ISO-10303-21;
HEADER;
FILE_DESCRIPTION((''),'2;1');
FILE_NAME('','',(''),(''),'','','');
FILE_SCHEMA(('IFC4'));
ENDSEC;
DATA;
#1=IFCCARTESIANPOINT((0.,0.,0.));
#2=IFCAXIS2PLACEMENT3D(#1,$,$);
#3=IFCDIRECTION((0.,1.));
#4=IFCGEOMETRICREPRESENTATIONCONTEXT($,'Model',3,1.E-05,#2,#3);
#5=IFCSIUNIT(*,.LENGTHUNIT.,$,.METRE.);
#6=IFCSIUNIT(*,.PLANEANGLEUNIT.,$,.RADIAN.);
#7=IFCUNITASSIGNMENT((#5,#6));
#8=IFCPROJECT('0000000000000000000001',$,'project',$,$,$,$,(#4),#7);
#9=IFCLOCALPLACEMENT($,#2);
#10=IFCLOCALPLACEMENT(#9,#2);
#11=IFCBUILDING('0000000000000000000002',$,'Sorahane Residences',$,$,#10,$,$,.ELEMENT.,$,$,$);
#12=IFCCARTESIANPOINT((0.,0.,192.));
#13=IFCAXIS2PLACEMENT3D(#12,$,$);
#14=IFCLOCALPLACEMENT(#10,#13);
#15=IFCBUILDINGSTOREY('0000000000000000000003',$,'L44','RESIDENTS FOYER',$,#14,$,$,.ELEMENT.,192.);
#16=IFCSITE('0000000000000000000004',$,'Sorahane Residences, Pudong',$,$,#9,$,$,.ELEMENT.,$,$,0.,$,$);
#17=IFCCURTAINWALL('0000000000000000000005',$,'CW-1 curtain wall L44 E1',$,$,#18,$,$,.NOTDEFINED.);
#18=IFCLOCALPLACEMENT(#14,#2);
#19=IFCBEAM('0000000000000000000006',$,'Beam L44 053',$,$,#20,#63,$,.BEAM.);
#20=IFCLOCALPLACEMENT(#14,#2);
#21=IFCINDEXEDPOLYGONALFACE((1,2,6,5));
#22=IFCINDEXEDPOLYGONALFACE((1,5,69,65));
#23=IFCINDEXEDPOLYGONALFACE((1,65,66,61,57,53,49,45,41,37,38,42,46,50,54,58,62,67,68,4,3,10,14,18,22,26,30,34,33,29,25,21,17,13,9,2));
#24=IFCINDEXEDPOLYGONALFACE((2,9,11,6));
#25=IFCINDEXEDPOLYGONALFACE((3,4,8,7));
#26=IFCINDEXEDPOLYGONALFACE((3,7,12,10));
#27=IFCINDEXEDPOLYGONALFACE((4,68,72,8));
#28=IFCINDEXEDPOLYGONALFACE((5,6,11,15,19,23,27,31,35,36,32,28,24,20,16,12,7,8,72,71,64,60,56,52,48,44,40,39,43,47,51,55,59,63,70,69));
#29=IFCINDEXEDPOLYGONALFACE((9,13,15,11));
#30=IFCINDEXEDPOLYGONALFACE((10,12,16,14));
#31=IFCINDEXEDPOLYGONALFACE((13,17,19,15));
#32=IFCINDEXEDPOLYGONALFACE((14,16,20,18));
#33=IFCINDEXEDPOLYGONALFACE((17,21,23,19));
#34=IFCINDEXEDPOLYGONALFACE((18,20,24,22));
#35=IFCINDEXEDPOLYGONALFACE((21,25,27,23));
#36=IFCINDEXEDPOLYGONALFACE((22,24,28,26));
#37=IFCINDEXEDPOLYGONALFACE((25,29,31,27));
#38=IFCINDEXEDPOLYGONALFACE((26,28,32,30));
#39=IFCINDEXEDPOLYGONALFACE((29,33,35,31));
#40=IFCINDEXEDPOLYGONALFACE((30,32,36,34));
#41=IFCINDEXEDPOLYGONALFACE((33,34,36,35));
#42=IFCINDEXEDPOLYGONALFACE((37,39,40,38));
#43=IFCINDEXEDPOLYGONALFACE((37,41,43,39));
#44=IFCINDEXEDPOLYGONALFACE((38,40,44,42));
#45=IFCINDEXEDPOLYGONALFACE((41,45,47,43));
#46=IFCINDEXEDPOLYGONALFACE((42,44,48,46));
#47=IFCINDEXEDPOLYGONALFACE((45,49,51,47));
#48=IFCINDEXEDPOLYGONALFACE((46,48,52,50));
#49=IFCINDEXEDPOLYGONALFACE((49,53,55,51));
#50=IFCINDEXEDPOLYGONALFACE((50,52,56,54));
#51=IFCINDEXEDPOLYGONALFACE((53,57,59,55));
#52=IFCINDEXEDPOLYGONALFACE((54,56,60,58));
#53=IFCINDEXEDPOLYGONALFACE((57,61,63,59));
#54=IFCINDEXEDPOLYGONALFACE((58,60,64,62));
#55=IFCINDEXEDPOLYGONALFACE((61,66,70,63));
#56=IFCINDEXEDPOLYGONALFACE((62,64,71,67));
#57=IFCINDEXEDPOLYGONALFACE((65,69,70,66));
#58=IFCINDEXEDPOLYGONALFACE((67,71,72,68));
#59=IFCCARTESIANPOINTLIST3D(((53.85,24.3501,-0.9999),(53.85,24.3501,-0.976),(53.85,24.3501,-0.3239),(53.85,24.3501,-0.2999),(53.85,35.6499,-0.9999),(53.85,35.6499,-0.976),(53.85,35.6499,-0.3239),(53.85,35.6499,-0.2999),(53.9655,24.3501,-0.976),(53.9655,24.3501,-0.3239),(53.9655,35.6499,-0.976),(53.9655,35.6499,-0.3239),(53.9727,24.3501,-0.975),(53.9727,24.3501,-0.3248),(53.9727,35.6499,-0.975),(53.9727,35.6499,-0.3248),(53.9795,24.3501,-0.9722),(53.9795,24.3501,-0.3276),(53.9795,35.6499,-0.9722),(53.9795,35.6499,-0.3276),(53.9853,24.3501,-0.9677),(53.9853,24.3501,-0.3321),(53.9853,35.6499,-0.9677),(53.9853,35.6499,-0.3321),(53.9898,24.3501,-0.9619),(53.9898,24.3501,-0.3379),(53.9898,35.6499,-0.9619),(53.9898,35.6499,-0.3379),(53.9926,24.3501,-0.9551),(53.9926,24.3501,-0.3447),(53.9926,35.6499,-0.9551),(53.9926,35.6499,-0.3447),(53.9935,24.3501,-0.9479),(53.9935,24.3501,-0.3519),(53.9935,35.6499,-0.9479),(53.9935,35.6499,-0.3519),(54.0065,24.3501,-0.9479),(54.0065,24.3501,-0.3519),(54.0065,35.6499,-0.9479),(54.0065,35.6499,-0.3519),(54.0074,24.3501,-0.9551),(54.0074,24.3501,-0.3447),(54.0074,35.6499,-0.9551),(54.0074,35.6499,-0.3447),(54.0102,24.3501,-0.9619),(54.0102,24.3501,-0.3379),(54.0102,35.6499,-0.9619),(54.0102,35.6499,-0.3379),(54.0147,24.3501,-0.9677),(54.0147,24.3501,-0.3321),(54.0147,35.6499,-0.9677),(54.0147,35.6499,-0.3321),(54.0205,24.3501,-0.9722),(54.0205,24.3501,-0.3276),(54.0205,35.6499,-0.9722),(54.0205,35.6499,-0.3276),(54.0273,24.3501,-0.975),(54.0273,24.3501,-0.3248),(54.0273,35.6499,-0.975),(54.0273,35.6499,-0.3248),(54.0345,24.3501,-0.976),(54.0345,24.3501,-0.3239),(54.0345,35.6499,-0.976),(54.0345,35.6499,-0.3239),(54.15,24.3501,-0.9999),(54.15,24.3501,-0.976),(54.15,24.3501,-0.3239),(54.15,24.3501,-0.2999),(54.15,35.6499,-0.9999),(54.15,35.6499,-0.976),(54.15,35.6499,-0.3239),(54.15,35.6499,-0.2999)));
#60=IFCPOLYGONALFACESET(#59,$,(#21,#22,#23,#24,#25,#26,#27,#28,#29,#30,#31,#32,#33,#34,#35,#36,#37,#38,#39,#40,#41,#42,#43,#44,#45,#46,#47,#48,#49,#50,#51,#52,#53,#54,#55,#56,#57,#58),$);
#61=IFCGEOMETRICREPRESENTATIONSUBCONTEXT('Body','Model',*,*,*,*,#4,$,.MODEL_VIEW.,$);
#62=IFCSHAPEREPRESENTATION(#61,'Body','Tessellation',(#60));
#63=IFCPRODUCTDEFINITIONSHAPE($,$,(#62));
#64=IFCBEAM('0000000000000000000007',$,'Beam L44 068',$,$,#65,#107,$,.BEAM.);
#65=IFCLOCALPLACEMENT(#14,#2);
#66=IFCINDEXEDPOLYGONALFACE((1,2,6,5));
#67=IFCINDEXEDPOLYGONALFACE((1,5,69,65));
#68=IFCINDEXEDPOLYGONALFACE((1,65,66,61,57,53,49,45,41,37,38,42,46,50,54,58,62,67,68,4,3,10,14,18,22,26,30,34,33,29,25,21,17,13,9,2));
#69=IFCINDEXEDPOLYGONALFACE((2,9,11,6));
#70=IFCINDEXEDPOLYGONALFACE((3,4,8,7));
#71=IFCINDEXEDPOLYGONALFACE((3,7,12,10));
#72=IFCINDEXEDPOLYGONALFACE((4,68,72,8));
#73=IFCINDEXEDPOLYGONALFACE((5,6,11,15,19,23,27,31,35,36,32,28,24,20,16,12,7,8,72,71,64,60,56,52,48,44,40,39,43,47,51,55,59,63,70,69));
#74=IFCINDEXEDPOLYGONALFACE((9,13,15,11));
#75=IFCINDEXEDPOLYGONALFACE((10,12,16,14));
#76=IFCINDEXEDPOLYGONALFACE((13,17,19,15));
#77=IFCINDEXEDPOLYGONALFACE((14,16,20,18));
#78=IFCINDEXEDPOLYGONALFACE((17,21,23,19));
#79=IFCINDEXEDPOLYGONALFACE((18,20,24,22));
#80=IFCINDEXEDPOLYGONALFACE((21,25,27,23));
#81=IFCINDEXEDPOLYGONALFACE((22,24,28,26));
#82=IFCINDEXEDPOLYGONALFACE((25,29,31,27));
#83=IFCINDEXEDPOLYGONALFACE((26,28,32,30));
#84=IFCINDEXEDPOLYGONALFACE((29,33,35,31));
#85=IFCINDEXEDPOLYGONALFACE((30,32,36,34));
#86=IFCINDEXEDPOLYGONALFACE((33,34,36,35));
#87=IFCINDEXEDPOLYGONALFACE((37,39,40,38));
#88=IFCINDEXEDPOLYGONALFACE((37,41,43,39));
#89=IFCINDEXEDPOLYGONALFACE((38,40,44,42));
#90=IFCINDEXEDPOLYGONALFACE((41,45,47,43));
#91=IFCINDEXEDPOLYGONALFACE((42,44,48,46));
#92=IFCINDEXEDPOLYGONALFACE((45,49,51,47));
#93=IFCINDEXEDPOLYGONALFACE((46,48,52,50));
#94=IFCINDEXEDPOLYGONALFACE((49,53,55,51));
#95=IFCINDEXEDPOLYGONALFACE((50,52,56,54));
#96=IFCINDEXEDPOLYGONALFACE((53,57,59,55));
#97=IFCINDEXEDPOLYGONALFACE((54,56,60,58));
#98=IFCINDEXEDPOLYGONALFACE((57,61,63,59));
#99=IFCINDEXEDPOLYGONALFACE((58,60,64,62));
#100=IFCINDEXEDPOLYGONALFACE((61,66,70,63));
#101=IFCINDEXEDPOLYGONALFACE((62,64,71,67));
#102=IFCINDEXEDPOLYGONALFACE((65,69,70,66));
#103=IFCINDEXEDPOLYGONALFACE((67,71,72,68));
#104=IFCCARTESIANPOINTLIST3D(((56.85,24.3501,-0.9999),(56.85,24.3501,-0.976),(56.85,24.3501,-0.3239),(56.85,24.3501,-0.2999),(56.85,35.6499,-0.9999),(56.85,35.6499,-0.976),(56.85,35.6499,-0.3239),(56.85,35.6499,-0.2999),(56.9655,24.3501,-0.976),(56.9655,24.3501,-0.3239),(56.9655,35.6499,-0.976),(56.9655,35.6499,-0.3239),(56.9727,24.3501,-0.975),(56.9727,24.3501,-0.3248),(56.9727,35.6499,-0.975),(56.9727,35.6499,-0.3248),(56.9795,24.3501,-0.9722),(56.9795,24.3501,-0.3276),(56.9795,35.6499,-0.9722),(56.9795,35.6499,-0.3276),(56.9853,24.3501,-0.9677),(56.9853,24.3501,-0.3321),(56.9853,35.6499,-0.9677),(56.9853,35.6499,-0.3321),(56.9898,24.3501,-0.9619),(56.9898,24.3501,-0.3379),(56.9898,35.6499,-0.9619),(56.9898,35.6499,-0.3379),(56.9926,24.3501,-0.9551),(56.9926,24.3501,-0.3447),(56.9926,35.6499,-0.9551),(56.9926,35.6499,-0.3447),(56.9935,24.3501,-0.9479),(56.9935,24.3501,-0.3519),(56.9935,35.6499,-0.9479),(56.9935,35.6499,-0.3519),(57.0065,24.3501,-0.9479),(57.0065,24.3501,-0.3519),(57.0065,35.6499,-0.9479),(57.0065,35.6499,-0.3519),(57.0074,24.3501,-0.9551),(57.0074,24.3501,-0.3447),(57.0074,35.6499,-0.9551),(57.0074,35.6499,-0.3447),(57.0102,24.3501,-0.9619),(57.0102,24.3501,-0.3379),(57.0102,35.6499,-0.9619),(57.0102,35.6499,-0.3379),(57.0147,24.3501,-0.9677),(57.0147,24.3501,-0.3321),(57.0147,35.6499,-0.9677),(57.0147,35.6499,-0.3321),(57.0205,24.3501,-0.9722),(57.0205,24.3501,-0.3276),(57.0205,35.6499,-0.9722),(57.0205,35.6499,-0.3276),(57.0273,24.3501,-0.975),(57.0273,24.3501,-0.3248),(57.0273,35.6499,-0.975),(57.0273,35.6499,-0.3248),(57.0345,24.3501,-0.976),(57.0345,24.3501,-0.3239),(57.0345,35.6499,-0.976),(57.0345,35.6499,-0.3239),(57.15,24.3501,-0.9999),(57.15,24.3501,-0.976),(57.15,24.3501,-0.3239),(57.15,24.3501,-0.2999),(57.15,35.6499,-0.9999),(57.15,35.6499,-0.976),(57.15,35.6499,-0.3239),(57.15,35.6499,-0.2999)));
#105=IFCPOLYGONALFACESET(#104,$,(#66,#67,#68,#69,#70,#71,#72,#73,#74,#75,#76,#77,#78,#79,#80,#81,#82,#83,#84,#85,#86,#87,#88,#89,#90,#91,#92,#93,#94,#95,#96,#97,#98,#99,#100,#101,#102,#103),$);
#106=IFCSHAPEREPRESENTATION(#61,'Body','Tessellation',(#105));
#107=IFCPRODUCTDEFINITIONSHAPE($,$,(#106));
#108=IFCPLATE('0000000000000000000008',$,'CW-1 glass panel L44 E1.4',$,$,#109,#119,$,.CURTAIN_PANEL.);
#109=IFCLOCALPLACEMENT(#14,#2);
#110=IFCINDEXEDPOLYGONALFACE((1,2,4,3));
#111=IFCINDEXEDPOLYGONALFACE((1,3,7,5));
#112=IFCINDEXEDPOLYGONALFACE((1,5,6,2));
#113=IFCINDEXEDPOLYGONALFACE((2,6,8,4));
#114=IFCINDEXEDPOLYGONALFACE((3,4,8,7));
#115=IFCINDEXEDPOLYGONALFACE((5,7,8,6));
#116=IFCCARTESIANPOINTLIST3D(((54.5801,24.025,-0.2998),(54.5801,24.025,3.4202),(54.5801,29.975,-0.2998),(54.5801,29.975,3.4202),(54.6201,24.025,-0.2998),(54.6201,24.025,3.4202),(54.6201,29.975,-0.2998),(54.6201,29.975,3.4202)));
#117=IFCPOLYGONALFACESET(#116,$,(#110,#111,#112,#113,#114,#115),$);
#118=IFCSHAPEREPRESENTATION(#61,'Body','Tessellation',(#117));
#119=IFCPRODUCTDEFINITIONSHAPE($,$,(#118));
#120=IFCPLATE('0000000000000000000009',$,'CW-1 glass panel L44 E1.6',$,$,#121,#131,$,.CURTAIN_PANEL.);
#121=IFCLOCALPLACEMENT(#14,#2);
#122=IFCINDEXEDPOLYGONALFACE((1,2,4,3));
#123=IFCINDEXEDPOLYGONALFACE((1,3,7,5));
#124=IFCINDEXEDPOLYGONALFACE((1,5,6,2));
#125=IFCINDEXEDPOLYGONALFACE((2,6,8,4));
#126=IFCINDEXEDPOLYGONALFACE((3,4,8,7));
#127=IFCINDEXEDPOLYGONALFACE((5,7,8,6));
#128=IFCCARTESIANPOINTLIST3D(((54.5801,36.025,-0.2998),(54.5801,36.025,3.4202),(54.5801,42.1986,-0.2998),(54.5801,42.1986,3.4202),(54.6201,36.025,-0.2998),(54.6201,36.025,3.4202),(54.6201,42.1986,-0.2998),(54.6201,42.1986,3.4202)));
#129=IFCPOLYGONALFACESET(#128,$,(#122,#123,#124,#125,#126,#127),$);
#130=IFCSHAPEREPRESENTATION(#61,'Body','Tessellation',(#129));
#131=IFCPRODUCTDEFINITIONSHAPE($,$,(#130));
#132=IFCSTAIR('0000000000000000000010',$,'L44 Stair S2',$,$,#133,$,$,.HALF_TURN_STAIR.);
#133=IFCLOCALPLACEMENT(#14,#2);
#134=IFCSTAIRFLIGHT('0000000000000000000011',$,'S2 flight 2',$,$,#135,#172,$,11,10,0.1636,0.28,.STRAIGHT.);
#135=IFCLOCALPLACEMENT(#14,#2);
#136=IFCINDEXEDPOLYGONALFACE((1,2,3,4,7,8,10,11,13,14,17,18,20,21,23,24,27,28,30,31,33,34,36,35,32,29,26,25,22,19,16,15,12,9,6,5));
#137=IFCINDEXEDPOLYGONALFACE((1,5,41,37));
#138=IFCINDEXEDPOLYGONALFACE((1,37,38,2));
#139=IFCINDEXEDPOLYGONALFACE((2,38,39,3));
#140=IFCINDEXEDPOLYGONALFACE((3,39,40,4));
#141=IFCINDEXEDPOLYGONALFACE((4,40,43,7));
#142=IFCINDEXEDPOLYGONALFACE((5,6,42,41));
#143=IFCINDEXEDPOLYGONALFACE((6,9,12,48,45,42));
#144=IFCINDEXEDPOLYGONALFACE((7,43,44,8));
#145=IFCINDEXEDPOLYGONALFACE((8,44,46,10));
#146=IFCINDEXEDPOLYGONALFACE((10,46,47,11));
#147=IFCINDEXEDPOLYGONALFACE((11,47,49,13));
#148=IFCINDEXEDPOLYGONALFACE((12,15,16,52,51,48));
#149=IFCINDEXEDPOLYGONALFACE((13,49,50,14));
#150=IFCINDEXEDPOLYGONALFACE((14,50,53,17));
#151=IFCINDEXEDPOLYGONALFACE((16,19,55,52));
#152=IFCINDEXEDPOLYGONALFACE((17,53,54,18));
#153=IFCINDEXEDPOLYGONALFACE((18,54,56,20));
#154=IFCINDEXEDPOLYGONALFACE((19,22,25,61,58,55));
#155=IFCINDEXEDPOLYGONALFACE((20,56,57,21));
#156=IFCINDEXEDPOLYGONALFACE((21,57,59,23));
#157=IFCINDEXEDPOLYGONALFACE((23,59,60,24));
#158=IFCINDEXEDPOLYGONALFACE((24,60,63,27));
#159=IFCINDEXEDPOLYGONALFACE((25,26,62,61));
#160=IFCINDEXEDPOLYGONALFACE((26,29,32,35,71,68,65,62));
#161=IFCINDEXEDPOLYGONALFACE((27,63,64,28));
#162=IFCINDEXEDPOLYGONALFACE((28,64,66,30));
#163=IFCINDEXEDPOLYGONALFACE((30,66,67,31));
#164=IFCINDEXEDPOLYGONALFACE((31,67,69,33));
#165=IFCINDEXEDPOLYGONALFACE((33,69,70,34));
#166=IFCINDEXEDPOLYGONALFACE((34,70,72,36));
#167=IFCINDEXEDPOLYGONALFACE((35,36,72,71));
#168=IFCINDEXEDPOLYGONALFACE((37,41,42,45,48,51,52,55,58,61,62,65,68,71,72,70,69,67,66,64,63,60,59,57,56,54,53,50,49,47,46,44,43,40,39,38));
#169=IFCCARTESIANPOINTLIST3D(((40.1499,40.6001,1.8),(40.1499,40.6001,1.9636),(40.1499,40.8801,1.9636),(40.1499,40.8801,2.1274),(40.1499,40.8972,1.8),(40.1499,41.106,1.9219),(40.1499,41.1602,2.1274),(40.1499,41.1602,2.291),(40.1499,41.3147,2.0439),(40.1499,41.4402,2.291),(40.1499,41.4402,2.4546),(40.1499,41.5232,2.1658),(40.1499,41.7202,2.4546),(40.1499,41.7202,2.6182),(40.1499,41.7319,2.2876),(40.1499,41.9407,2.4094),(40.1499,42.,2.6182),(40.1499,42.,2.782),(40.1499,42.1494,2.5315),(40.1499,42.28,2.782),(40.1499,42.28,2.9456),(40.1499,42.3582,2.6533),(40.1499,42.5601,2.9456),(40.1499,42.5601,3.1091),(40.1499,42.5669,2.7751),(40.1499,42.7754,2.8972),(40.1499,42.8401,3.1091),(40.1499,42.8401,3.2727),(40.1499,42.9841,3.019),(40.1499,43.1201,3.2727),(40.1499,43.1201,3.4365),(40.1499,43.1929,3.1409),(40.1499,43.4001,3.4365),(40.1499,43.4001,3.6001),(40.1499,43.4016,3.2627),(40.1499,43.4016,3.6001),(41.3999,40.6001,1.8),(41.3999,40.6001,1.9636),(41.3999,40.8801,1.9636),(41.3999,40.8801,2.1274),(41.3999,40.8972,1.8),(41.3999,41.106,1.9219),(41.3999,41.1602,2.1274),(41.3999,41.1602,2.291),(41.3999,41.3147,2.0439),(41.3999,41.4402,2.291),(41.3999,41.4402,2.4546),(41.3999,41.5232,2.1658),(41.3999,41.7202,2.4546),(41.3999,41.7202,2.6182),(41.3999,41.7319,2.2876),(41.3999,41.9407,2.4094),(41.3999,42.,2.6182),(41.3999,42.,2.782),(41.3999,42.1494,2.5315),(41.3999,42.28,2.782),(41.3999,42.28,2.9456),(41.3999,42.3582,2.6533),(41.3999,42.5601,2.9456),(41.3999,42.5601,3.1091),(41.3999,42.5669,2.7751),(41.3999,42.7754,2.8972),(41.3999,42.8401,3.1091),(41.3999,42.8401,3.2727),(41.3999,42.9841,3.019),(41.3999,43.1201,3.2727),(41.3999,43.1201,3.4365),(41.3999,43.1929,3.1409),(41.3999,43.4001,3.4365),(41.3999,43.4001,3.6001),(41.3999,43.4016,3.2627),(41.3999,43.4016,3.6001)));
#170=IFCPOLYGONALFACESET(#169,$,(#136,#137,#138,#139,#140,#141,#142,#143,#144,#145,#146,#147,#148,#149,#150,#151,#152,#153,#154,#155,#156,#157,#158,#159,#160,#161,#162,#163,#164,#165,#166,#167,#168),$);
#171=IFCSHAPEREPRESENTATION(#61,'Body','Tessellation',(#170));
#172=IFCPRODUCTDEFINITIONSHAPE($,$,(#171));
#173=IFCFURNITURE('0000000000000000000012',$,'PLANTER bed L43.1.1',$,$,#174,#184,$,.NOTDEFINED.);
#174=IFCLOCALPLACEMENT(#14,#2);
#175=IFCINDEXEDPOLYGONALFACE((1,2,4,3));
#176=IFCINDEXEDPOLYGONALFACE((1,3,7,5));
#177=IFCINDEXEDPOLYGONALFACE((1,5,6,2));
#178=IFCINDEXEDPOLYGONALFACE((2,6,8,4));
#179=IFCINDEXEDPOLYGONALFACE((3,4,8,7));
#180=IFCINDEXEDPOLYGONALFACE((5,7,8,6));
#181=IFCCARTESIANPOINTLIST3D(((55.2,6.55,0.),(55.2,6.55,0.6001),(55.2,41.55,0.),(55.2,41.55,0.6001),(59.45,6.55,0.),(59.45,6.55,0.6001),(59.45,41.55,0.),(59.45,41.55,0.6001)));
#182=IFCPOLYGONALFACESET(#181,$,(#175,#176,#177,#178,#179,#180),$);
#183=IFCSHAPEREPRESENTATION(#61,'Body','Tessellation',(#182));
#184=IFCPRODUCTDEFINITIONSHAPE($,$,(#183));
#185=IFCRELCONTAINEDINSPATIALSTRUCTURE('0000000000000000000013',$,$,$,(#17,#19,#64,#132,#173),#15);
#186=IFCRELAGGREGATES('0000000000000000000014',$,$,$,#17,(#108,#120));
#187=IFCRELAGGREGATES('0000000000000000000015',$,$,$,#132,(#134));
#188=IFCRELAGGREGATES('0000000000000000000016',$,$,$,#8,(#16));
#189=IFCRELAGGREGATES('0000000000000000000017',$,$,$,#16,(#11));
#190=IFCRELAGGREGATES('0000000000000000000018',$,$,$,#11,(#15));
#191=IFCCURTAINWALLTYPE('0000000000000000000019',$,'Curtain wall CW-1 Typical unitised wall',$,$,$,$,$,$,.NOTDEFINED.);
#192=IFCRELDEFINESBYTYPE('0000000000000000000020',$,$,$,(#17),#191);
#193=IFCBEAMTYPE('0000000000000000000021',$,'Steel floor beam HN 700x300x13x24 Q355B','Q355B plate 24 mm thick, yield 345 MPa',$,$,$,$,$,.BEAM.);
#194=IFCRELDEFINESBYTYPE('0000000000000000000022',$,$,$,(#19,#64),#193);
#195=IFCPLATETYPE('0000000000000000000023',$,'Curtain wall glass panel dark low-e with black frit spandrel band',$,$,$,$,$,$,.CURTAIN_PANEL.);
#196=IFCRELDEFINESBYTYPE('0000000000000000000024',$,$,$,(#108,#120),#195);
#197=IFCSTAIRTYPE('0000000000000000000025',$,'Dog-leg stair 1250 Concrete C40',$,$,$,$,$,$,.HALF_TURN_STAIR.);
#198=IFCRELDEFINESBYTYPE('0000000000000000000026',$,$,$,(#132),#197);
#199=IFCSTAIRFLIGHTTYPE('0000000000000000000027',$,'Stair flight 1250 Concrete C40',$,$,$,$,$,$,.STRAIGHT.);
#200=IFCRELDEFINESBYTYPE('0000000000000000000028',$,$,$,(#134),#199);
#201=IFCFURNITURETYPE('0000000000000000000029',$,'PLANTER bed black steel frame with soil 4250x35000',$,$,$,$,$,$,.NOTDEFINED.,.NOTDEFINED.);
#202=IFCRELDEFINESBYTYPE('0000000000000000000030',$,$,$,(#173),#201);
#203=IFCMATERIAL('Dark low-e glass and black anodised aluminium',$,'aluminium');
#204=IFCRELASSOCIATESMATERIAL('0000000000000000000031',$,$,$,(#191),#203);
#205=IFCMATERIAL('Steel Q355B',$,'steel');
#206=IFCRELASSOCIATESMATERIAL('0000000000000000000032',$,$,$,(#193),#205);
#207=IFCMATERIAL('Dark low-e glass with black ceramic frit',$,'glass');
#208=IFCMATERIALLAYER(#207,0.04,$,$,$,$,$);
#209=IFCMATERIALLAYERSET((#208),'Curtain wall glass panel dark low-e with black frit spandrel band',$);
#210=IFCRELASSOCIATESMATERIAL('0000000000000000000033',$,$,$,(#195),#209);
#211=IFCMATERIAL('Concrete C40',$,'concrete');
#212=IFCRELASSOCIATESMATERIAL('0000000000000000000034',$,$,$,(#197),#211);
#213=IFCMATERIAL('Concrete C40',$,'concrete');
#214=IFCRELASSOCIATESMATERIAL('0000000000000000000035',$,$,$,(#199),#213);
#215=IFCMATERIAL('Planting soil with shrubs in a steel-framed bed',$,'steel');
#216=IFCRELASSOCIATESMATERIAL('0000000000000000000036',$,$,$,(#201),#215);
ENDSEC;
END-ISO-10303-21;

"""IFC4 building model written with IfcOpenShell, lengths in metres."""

from ifc_helpers import new_model, si_unit, direction, frame, origin, origin_2d, place, context, subcontext, project, spatial, polyline, rectangle, i_section, outline, extrude, material, layer, layer_set, material_profile, profile_set, type_object, element, aggregate, save


model = new_model("IFC4")

# Units and contexts
model_context = context("Model", 3, precision=1e-05, world=origin(), true_north=direction((0.0, 1.0)))
body_context = subcontext(model_context, "Body", "Model", "MODEL_VIEW")
ifc_project = project(units=[si_unit("LENGTHUNIT", "METRE"), si_unit("PLANEANGLEUNIT", "RADIAN")], contexts=[model_context])

# Site, building, storey
site_placement = place(None, origin())
site = spatial("IfcSite", under=ifc_project, at=site_placement, Name="Sorahane Residences, Pudong", CompositionType="ELEMENT", RefElevation=0.0)
building_placement = place(site_placement, origin())
building = spatial("IfcBuilding", under=site, at=building_placement, Name="Sorahane Residences", CompositionType="ELEMENT")
storey_placement = place(building_placement, frame((0.0, 0.0, 192.0)))
storey = spatial("IfcBuildingStorey", under=building, at=storey_placement, Name="L44", Description="RESIDENTS FOYER", CompositionType="ELEMENT", Elevation=192.0)

# Curtain wall
ifc_material_1 = material(Name="Dark low-e glass and black anodised aluminium", Category="aluminium")
curtain_wall_type = type_object("IfcCurtainWallType", Name="Curtain wall CW-1 Typical unitised wall", PredefinedType="NOTDEFINED", material=ifc_material_1)
curtain_wall_placement = place(storey_placement, origin())
curtain_wall = element("IfcCurtainWall", 1, at=curtain_wall_placement, inside=storey, type_object=curtain_wall_type, Name="CW-1 curtain wall L44 E1", PredefinedType="NOTDEFINED")

# Beams
ifc_material_2 = material(Name="Steel Q355B", Category="steel")
ifc_material_profile_1 = material_profile(ifc_material_2, i_section(OverallWidth=0.3, OverallDepth=0.7, WebThickness=0.0129, FlangeThickness=0.0239, FilletRadius=0.0281, at=origin_2d()), Name="HN 700x300x13x24")
ifc_profile_set_1 = profile_set([ifc_material_profile_1], Name="Steel Q355B")
beam_type_1 = type_object("IfcBeamType", Name="Steel floor beam HN 700x300x13x24 Q355B", Description="Q355B plate 24 mm thick, yield 345 MPa", PredefinedType="BEAM", material=ifc_profile_set_1)
for number, where, z_axis, x_axis, name in (
    (2, (54.0, 24.3501, -0.6499), (0.0, 1.0, 0.0), (-1.0, 0.0, 0.0), "Beam L44 053"),
    (3, (57.0, 24.3501, -0.6499), (0.0, 1.0, 0.0), (-1.0, 0.0, 0.0), "Beam L44 068"),
):
    element("IfcBeam", number, at=place(storey_placement, frame(where, z_axis=z_axis, x_axis=x_axis)), inside=storey, type_object=beam_type_1, Name=name, PredefinedType="BEAM", context=body_context, shape_type="SweptSolid", body=[
        extrude(i_section(OverallWidth=0.3, OverallDepth=0.7, WebThickness=0.0129, FlangeThickness=0.0239, FilletRadius=0.0281, at=origin_2d()), origin(), (0.0, 0.0, 1.0), 11.2998),
    ])

# Plates
ifc_material_3 = material(Name="Dark low-e glass with black ceramic frit", Category="glass")
ifc_layer_1 = layer(ifc_material_3, 0.04)
ifc_layer_set_1 = layer_set([ifc_layer_1], Name="Curtain wall glass panel dark low-e with black frit spandrel band")
plate_type = type_object("IfcPlateType", Name="Curtain wall glass panel dark low-e with black frit spandrel band", PredefinedType="CURTAIN_PANEL", material=ifc_layer_set_1)
plate_1_placement = place(storey_placement, frame((54.6001, 27.0, -0.2998), z_axis=(0.0, 0.0, 1.0), x_axis=(0.0, 1.0, 0.0)))
plate_1 = element("IfcPlate", 4, at=plate_1_placement, type_object=plate_type, Name="CW-1 glass panel L44 E1.4", PredefinedType="CURTAIN_PANEL", context=body_context, shape_type="SweptSolid", body=[
    extrude(rectangle(XDim=5.95, YDim=0.04, at=origin_2d()), origin(), (0.0, 0.0, 1.0), 3.72),
])
plate_2_placement = place(storey_placement, frame((54.6001, 39.1118, -0.2998), z_axis=(0.0, 0.0, 1.0), x_axis=(0.0, 1.0, 0.0)))
plate_2 = element("IfcPlate", 5, at=plate_2_placement, type_object=plate_type, Name="CW-1 glass panel L44 E1.6", PredefinedType="CURTAIN_PANEL", context=body_context, shape_type="SweptSolid", body=[
    extrude(rectangle(XDim=6.1736, YDim=0.04, at=origin_2d()), origin(), (0.0, 0.0, 1.0), 3.72),
])
aggregate(curtain_wall, [plate_1, plate_2])

# Stair, stair flight
ifc_material_4 = material(Name="Concrete C40", Category="concrete")
stair_type = type_object("IfcStairType", Name="Dog-leg stair 1250 Concrete C40", PredefinedType="HALF_TURN_STAIR", material=ifc_material_4)
stair_placement = place(storey_placement, origin())
stair = element("IfcStair", 6, at=stair_placement, inside=storey, type_object=stair_type, Name="L44 Stair S2", PredefinedType="HALF_TURN_STAIR")
ifc_material_5 = material(Name="Concrete C40", Category="concrete")
stair_flight_type = type_object("IfcStairFlightType", Name="Stair flight 1250 Concrete C40", PredefinedType="STRAIGHT", material=ifc_material_5)
stair_flight_placement = place(storey_placement, frame((40.7749, 40.6001, 1.8), z_axis=(0.0, 0.0, 1.0), x_axis=(0.0, 1.0, 0.0)))
stair_flight = element("IfcStairFlight", 7, at=stair_flight_placement, type_object=stair_flight_type, Name="S2 flight 2", NumberOfRisers=11, NumberOfTreads=10, PredefinedType="STRAIGHT", RiserHeight=0.1636, TreadLength=0.28, context=body_context, shape_type="SweptSolid", body=[
    extrude(outline(polyline([(0.0, 0.0), (0.0, 0.1636), (0.28, 0.1636), (0.28, 0.3274), (0.5601, 0.3274), (0.5601, 0.491), (0.8401, 0.491), (0.8401, 0.6545), (1.1201, 0.6545), (1.1201, 0.8181), (1.3999, 0.8181), (1.3999, 0.9819), (1.6799, 0.9819), (1.6799, 1.1455), (1.96, 1.1455), (1.96, 1.3091), (2.24, 1.3091), (2.24, 1.4727), (2.52, 1.4727), (2.52, 1.6365), (2.8, 1.6365), (2.8, 1.8), (2.8015, 1.8), (2.8015, 1.4626), (2.5928, 1.3408), (2.384, 1.219), (2.1753, 1.0972), (1.9668, 0.9751), (1.7581, 0.8533), (1.5493, 0.7314), (1.3406, 0.6094), (1.1318, 0.4875), (0.9231, 0.3657), (0.7146, 0.2439), (0.5059, 0.1218), (0.2971, 0.0), (0.0, 0.0)])), frame((0.0, 0.625, 0.0), z_axis=(0.0, -1.0, 0.0), x_axis=(1.0, 0.0, 0.0)), (0.0, 0.0, 1.0), 1.25),
])
aggregate(stair, [stair_flight])

# Furniture
ifc_material_6 = material(Name="Planting soil with shrubs in a steel-framed bed", Category="steel")
furniture_type_1 = type_object("IfcFurnitureType", Name="PLANTER bed black steel frame with soil 4250x35000", AssemblyPlace="NOTDEFINED", PredefinedType="NOTDEFINED", material=ifc_material_6)
furniture_1_placement = place(storey_placement, frame((57.325, 24.05, 0.0), z_axis=(0.0, 0.0, 1.0), x_axis=(1.0, 0.0, 0.0)))
element("IfcFurniture", 8, at=furniture_1_placement, inside=storey, type_object=furniture_type_1, Name="PLANTER bed L43.1.1", PredefinedType="NOTDEFINED", context=body_context, shape_type="SweptSolid", body=[
    extrude(rectangle(XDim=4.25, YDim=35.0, at=origin_2d()), origin(), (0.0, 0.0, 1.0), 0.6001),
])

save(model, "model.ifc")
